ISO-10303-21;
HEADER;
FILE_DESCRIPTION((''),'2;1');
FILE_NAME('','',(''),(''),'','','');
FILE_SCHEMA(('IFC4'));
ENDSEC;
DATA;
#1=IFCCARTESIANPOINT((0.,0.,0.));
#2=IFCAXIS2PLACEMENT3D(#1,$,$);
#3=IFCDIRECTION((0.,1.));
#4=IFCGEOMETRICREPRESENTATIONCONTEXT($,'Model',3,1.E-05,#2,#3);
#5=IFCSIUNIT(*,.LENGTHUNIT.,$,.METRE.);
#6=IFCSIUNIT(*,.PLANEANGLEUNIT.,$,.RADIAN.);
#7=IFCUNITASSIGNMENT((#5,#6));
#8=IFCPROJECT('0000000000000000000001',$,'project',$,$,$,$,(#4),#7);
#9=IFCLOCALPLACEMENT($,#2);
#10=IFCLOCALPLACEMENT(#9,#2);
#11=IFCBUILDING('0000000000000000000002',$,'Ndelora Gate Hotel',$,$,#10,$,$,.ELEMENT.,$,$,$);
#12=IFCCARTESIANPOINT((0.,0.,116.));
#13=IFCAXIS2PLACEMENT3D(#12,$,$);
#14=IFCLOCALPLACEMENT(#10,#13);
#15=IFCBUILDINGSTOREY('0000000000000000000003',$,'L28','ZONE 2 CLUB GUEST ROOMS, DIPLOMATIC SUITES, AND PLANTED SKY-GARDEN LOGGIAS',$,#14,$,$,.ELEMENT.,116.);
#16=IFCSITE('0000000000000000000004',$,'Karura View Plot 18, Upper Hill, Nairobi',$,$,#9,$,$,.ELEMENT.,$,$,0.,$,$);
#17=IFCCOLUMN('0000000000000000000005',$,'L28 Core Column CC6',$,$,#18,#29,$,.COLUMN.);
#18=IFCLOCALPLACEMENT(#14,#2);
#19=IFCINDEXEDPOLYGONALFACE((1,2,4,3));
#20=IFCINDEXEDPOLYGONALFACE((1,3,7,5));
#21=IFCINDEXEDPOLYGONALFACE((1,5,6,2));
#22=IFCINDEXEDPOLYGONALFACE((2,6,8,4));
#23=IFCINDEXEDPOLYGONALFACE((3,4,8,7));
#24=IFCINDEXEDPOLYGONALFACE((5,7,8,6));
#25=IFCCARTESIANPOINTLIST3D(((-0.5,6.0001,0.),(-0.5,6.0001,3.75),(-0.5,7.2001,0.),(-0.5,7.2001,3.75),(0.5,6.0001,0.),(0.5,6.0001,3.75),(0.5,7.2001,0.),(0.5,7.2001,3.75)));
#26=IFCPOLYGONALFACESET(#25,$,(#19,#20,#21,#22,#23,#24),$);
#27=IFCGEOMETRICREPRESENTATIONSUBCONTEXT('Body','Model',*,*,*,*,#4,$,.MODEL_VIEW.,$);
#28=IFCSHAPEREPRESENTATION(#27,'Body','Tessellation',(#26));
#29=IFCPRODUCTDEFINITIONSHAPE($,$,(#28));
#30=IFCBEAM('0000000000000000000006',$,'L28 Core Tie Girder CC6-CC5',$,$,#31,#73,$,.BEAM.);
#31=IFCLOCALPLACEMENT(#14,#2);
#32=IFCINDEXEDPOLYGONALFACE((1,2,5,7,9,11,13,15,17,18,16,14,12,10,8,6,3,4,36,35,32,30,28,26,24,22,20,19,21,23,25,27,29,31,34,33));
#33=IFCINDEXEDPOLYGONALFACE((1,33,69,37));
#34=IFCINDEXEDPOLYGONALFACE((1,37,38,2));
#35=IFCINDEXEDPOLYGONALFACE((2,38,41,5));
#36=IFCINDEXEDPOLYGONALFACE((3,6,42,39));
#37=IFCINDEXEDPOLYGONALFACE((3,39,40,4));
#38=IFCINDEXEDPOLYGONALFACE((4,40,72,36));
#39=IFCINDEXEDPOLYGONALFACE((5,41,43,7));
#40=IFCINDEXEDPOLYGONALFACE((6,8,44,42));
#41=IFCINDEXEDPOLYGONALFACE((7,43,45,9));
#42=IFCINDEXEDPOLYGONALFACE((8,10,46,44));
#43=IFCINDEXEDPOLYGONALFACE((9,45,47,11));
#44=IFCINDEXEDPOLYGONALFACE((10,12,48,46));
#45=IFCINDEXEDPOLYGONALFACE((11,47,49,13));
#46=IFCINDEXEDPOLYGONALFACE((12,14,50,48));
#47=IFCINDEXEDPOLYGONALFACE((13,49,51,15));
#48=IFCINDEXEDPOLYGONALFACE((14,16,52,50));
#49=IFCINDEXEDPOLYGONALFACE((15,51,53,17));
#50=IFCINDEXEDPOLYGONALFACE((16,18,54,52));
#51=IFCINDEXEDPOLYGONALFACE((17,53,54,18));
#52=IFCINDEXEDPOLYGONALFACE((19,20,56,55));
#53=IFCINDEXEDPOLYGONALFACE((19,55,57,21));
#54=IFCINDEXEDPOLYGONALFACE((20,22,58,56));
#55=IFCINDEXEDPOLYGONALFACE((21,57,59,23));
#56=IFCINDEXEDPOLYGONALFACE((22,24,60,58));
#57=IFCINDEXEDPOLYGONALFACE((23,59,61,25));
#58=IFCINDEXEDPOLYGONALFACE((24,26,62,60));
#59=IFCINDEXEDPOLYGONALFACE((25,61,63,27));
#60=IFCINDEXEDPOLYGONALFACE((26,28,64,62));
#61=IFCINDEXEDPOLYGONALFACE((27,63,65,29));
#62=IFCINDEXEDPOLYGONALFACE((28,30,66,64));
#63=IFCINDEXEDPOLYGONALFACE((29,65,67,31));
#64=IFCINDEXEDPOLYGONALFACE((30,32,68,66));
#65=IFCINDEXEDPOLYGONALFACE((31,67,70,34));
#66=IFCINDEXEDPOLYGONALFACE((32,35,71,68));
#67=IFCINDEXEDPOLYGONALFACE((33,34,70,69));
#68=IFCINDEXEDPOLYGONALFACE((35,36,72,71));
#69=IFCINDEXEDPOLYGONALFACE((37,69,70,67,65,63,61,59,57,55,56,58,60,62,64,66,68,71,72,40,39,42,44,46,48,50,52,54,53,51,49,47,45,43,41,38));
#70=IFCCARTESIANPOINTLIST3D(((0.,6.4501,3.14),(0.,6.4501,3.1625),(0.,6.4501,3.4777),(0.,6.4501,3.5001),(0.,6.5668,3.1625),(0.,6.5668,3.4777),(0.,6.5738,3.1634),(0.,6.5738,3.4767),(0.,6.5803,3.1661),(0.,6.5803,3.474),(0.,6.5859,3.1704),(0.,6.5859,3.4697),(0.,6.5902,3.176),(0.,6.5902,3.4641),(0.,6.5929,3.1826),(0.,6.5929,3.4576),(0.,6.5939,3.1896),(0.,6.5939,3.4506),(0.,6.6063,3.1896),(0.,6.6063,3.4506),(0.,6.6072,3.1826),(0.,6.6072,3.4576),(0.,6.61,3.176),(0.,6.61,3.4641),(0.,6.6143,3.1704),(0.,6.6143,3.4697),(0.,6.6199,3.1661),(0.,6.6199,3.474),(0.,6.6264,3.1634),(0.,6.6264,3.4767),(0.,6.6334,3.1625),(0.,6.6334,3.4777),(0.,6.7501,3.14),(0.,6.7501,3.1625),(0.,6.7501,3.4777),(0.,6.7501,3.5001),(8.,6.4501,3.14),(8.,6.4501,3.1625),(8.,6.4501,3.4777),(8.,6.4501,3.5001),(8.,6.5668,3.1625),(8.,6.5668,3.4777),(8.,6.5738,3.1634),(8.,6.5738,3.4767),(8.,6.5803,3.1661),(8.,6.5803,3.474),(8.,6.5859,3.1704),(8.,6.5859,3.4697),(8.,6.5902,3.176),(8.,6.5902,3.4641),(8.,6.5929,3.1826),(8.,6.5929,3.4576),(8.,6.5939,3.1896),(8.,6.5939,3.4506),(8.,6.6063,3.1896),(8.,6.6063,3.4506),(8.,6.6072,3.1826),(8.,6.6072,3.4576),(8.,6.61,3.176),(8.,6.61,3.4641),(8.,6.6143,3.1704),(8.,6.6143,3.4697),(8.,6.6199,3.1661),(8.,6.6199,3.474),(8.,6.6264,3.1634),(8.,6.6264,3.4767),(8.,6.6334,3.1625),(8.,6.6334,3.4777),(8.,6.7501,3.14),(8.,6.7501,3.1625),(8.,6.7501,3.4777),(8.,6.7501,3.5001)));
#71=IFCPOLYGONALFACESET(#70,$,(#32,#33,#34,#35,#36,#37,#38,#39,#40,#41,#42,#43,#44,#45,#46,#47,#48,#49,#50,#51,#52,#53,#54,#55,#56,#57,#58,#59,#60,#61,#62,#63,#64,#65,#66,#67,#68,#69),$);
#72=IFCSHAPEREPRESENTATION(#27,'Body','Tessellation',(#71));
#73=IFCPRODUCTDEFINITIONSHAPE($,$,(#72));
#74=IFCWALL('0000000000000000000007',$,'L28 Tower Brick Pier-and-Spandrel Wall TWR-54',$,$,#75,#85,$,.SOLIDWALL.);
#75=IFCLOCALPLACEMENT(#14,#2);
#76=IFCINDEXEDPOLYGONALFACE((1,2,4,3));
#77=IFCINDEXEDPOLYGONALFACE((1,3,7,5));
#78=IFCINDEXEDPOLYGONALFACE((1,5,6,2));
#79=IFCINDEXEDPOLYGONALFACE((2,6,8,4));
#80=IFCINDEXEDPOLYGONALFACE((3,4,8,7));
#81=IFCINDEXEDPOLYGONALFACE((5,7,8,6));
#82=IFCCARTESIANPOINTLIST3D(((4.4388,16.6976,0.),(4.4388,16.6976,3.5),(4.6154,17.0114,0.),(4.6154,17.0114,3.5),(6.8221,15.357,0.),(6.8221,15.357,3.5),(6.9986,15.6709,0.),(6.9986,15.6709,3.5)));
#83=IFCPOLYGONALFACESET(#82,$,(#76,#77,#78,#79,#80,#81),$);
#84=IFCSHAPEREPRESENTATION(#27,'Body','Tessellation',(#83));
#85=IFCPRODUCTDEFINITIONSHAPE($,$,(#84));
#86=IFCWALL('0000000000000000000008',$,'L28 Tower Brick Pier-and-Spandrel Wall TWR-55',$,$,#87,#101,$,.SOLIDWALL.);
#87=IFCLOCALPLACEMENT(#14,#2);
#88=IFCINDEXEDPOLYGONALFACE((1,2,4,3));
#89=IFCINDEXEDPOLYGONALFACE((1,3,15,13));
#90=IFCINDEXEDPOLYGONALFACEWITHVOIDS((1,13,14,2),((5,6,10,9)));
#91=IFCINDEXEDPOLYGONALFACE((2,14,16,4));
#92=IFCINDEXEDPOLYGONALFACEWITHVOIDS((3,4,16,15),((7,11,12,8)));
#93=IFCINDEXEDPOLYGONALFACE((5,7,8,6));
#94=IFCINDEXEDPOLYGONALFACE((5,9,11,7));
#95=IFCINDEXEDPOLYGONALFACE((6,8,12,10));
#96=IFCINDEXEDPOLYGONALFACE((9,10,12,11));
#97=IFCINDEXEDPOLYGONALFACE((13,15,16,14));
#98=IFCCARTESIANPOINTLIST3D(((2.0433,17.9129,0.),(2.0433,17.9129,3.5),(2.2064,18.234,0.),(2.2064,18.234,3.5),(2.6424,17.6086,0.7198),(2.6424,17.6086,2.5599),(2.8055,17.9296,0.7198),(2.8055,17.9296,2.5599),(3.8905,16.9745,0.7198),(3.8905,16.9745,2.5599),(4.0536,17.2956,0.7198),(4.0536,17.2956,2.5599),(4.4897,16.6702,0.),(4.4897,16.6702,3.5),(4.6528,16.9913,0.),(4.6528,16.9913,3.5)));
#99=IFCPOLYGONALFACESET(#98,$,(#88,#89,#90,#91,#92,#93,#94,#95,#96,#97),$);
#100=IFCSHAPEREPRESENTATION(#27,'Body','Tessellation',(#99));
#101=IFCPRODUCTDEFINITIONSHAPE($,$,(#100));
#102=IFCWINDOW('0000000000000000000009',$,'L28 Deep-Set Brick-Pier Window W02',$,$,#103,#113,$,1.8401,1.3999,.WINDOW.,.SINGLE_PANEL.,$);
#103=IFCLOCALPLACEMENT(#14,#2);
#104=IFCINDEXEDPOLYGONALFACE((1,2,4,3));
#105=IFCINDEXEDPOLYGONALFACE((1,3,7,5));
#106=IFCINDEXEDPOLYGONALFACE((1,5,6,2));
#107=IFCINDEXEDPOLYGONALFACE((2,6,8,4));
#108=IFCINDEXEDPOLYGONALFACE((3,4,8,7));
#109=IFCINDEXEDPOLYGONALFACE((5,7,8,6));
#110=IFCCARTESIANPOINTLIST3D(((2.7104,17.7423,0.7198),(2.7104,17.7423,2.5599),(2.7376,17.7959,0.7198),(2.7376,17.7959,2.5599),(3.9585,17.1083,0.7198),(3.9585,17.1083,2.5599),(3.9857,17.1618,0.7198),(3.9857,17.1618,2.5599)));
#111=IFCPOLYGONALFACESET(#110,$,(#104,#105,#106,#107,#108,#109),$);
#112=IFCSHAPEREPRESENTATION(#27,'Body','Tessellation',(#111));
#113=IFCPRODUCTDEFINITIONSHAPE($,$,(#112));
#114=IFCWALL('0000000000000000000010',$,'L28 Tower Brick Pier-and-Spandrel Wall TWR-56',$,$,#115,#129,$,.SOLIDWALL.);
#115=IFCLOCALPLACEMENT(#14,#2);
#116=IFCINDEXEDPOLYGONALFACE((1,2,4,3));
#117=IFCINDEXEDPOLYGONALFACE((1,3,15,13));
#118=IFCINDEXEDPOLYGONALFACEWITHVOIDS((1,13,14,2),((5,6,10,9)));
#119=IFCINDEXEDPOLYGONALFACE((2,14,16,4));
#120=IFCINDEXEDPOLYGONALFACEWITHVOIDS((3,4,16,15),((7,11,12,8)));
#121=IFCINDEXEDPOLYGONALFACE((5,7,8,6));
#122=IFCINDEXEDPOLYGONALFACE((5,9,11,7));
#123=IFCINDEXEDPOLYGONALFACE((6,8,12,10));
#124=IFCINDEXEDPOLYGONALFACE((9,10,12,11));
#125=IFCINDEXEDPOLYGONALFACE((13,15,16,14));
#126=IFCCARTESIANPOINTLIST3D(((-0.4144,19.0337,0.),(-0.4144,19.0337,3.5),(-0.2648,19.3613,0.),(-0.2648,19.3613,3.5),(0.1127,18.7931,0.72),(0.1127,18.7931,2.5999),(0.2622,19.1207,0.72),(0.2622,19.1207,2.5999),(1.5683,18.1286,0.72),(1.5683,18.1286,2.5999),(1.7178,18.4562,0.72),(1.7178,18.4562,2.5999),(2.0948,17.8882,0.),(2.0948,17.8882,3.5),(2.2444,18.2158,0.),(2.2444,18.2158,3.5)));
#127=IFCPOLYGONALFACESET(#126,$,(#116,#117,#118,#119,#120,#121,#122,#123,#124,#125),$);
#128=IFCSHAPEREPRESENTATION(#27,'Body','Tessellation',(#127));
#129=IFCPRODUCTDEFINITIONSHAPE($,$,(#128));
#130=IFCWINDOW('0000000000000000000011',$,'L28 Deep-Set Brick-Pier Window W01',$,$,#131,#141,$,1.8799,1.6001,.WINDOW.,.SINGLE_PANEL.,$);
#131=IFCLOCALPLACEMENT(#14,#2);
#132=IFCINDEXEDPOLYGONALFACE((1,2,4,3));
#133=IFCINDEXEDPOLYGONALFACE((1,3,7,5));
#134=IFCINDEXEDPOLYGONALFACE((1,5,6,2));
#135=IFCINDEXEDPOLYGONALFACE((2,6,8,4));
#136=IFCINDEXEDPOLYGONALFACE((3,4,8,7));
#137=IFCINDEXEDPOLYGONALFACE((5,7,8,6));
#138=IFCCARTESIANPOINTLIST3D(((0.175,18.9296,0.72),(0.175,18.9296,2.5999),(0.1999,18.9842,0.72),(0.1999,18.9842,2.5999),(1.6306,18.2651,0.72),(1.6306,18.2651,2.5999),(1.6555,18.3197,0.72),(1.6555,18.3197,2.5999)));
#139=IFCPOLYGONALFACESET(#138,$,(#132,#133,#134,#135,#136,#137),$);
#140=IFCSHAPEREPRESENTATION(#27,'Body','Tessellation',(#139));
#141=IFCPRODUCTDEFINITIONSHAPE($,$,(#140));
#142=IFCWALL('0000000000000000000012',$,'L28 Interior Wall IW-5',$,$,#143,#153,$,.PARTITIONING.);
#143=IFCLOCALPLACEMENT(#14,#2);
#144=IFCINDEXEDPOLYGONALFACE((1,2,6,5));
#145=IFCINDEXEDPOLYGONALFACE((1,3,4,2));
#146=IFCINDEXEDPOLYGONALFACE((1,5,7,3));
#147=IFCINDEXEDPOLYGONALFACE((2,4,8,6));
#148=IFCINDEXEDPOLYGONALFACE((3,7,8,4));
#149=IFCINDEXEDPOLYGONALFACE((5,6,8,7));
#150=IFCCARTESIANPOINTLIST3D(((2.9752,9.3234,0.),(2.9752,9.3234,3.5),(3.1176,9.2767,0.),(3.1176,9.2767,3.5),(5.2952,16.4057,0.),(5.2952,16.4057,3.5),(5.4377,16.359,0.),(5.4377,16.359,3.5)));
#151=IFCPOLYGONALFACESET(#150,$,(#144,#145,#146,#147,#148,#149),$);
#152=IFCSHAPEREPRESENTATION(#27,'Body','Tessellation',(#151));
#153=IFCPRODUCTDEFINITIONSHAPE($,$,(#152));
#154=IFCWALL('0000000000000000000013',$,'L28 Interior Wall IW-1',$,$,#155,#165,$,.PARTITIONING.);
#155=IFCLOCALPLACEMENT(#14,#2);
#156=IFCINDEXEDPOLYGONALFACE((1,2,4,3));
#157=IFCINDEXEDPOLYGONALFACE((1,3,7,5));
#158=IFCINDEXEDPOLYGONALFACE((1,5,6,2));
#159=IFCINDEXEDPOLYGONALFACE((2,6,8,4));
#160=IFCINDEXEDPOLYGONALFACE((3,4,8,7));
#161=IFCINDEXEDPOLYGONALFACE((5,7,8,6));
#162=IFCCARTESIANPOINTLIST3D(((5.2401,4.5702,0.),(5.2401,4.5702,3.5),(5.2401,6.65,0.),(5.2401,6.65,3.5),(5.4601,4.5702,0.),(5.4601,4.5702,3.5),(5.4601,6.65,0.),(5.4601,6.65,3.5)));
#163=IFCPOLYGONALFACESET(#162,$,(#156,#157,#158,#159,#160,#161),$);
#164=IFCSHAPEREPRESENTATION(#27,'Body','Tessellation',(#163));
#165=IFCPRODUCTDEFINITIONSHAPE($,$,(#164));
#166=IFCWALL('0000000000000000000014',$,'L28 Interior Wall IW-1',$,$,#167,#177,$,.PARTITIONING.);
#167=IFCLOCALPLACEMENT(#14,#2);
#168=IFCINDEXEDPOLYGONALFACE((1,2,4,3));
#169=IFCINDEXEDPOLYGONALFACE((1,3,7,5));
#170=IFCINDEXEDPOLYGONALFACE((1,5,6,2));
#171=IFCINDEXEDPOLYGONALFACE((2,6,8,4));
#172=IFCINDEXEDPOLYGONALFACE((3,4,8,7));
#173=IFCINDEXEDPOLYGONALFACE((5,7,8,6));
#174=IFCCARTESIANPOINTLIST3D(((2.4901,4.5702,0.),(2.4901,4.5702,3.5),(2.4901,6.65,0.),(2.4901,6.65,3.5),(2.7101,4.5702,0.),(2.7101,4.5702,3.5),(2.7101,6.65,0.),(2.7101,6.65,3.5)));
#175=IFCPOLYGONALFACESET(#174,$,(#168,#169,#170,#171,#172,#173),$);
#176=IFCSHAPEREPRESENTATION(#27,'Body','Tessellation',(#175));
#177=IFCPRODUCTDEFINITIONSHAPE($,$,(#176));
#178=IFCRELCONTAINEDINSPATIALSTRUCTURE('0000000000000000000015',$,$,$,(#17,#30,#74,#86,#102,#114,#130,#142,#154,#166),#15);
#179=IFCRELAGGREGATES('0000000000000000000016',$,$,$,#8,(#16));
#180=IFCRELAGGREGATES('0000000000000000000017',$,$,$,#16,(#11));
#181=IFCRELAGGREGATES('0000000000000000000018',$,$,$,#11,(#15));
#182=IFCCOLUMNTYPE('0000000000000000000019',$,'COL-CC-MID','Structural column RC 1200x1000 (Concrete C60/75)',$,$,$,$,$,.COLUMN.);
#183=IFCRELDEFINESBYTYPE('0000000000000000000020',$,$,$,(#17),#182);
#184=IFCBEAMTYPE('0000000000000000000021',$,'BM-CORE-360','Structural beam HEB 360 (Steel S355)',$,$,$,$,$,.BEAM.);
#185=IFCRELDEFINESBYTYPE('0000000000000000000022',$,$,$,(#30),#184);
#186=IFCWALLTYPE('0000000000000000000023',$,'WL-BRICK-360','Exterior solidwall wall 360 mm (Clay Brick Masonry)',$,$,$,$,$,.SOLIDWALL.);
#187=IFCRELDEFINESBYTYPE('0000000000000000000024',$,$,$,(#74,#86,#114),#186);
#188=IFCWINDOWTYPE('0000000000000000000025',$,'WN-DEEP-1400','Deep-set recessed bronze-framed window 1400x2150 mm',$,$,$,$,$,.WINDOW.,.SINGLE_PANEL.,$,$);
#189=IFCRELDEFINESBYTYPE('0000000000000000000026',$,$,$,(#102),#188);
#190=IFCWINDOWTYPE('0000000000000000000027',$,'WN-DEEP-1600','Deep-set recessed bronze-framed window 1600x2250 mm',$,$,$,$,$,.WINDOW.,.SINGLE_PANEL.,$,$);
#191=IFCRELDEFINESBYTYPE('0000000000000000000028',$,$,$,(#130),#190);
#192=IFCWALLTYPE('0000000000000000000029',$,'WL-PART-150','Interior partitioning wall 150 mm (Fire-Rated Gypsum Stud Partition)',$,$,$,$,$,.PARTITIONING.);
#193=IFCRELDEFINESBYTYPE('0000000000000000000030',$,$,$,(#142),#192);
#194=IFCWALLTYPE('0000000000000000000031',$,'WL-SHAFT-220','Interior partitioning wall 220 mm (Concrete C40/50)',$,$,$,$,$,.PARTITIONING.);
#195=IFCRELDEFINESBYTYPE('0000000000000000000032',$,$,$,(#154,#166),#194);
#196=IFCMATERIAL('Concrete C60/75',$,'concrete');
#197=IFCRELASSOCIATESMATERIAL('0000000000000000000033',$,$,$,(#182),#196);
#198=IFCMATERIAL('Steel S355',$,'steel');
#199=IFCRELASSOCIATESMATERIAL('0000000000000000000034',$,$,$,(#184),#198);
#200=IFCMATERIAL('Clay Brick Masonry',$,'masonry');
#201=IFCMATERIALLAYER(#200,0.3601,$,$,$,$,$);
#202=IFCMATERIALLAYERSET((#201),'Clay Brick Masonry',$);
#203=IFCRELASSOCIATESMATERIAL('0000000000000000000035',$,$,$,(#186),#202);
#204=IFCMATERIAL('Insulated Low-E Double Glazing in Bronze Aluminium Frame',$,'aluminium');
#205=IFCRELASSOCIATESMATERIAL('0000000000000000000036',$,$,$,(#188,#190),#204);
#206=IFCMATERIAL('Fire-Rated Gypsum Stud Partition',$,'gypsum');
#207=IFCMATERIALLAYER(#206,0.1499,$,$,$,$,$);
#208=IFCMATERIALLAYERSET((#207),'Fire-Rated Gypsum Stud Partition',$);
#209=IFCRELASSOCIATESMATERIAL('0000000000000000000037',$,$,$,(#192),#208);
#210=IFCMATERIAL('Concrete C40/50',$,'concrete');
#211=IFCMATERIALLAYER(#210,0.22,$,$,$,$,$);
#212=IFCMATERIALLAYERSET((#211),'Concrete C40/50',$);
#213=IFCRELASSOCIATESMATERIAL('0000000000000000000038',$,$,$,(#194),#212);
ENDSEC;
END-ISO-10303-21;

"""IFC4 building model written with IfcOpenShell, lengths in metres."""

from ifc_helpers import new_model, si_unit, direction, frame, frame_2d, origin, origin_2d, place, context, subcontext, project, spatial, rectangle, i_section, extrude, material, layer, layer_set, material_profile, profile_set, type_object, element, fill, save


model = new_model("IFC4")

# Units and contexts
model_context = context("Model", 3, precision=1e-05, world=origin(), true_north=direction((0.0, 1.0)))
body_context = subcontext(model_context, "Body", "Model", "MODEL_VIEW")
ifc_project = project(units=[si_unit("LENGTHUNIT", "METRE"), si_unit("PLANEANGLEUNIT", "RADIAN")], contexts=[model_context])

# Site, building, storey
site_placement = place(None, origin())
site = spatial("IfcSite", under=ifc_project, at=site_placement, Name="Karura View Plot 18, Upper Hill, Nairobi", CompositionType="ELEMENT", RefElevation=0.0)
building_placement = place(site_placement, origin())
building = spatial("IfcBuilding", under=site, at=building_placement, Name="Ndelora Gate Hotel", CompositionType="ELEMENT")
storey_placement = place(building_placement, frame((0.0, 0.0, 116.0)))
storey = spatial("IfcBuildingStorey", under=building, at=storey_placement, Name="L28", Description="ZONE 2 CLUB GUEST ROOMS, DIPLOMATIC SUITES, AND PLANTED SKY-GARDEN LOGGIAS", CompositionType="ELEMENT", Elevation=116.0)

# Column
ifc_material_1 = material(Name="Concrete C60/75", Category="concrete")
ifc_material_profile_1 = material_profile(ifc_material_1, rectangle(XDim=1.0, YDim=1.2, at=origin_2d()), Name="RC 1200x1000")
ifc_profile_set_1 = profile_set([ifc_material_profile_1], Name="Concrete C60/75")
column_type = type_object("IfcColumnType", Name="COL-CC-MID", Description="Structural column RC 1200x1000 (Concrete C60/75)", PredefinedType="COLUMN", material=ifc_profile_set_1)
column_placement = place(storey_placement, frame((0.0, 6.6001, 0.0), z_axis=(0.0, 0.0, 1.0), x_axis=(1.0, 0.0, 0.0)))
element("IfcColumn", 1, at=column_placement, inside=storey, type_object=column_type, Name="L28 Core Column CC6", PredefinedType="COLUMN", context=body_context, shape_type="SweptSolid", body=[
    extrude(rectangle(XDim=1.0, YDim=1.2, at=origin_2d()), origin(), (0.0, 0.0, 1.0), 3.75),
])

# Beam
ifc_material_2 = material(Name="Steel S355", Category="steel")
ifc_material_profile_2 = material_profile(ifc_material_2, i_section(OverallWidth=0.3, OverallDepth=0.3601, WebThickness=0.0125, FlangeThickness=0.0225, FilletRadius=0.0271, at=origin_2d()), Name="HEB 360")
ifc_profile_set_2 = profile_set([ifc_material_profile_2], Name="Steel S355")
beam_type = type_object("IfcBeamType", Name="BM-CORE-360", Description="Structural beam HEB 360 (Steel S355)", PredefinedType="BEAM", material=ifc_profile_set_2)
beam_placement = place(storey_placement, frame((0.0, 6.6001, 3.3201), z_axis=(1.0, 0.0, 0.0), x_axis=(0.0, 1.0, 0.0)))
element("IfcBeam", 2, at=beam_placement, inside=storey, type_object=beam_type, Name="L28 Core Tie Girder CC6-CC5", PredefinedType="BEAM", context=body_context, shape_type="SweptSolid", body=[
    extrude(i_section(OverallWidth=0.3, OverallDepth=0.3601, WebThickness=0.0125, FlangeThickness=0.0225, FilletRadius=0.0271, at=origin_2d()), origin(), (0.0, 0.0, 1.0), 8.0),
])

# Wall
ifc_material_3 = material(Name="Clay Brick Masonry", Category="masonry")
ifc_layer_1 = layer(ifc_material_3, 0.3601)
ifc_layer_set_1 = layer_set([ifc_layer_1], Name="Clay Brick Masonry")
wall_type_1 = type_object("IfcWallType", Name="WL-BRICK-360", Description="Exterior solidwall wall 360 mm (Clay Brick Masonry)", PredefinedType="SOLIDWALL", material=ifc_layer_set_1)
wall_1_placement = place(storey_placement, frame((4.5271, 16.8545, 0.0), z_axis=(0.0, 0.0, 1.0), x_axis=(0.87158, -0.490253, 0.0)))
element("IfcWall", 3, at=wall_1_placement, inside=storey, type_object=wall_type_1, Name="L28 Tower Brick Pier-and-Spandrel Wall TWR-54", PredefinedType="SOLIDWALL", context=body_context, shape_type="SweptSolid", body=[
    extrude(rectangle(XDim=2.7344, YDim=0.3601, at=frame_2d((1.3672, 0.0))), origin(), (0.0, 0.0, 1.0), 3.5),
])

# Walls, openings, windows
wall_2_placement = place(storey_placement, frame((2.1248, 18.0735, 0.0), z_axis=(0.0, 0.0, 1.0), x_axis=(0.891562, -0.452899, 0.0)))
wall_2 = element("IfcWall", 4, at=wall_2_placement, inside=storey, type_object=wall_type_1, Name="L28 Tower Brick Pier-and-Spandrel Wall TWR-55", PredefinedType="SOLIDWALL", context=body_context, shape_type="SweptSolid", body=[
    extrude(rectangle(XDim=2.7439, YDim=0.3601, at=frame_2d((1.3721, 0.0))), origin(), (0.0, 0.0, 1.0), 3.5),
])
opening_1_placement = place(wall_2_placement, frame((0.6721, 0.0, 0.72)))
opening_1 = element("IfcOpeningElement", 5, at=opening_1_placement, cuts=wall_2, PredefinedType="OPENING", context=body_context, shape_type="SweptSolid", body=[
    extrude(rectangle(XDim=1.3999, YDim=1.8401, at=frame_2d((0.7, 0.9199))), frame((0.0, 0.1899, 0.0), z_axis=(0.0, -1.0, 0.0), x_axis=(1.0, 0.0, 0.0)), (0.0, 0.0, 1.0), 0.3801),
])
ifc_material_4 = material(Name="Insulated Low-E Double Glazing in Bronze Aluminium Frame", Category="aluminium")
window_type_1 = type_object("IfcWindowType", Name="WN-DEEP-1400", Description="Deep-set recessed bronze-framed window 1400x2150 mm", PartitioningType="SINGLE_PANEL", PredefinedType="WINDOW", material=ifc_material_4)
window_1_placement = place(opening_1_placement, origin())
window_1 = element("IfcWindow", 6, at=window_1_placement, inside=storey, type_object=window_type_1, Name="L28 Deep-Set Brick-Pier Window W02", OverallHeight=1.8401, OverallWidth=1.3999, PartitioningType="SINGLE_PANEL", PredefinedType="WINDOW", context=body_context, shape_type="SweptSolid", body=[
    extrude(rectangle(XDim=1.3999, YDim=1.8401, at=frame_2d((0.7, 0.9199))), frame((0.0, 0.03, 0.0), z_axis=(0.0, -1.0, 0.0), x_axis=(1.0, 0.0, 0.0)), (0.0, 0.0, 1.0), 0.0601),
])
fill(opening_1, window_1)
wall_3_placement = place(storey_placement, frame((-0.3396, 19.1975, 0.0), z_axis=(0.0, 0.0, 1.0), x_axis=(0.909692, -0.415283, 0.0)))
wall_3 = element("IfcWall", 7, at=wall_3_placement, inside=storey, type_object=wall_type_1, Name="L28 Tower Brick Pier-and-Spandrel Wall TWR-56", PredefinedType="SOLIDWALL", context=body_context, shape_type="SweptSolid", body=[
    extrude(rectangle(XDim=2.7583, YDim=0.3601, at=frame_2d((1.3792, 0.0))), origin(), (0.0, 0.0, 1.0), 3.5),
])
opening_2_placement = place(wall_3_placement, frame((0.5793, 0.0, 0.72)))
opening_2 = element("IfcOpeningElement", 8, at=opening_2_placement, cuts=wall_3, PredefinedType="OPENING", context=body_context, shape_type="SweptSolid", body=[
    extrude(rectangle(XDim=1.6001, YDim=1.8799, at=frame_2d((0.8, 0.9399))), frame((0.0, 0.1899, 0.0), z_axis=(0.0, -1.0, 0.0), x_axis=(1.0, 0.0, 0.0)), (0.0, 0.0, 1.0), 0.3801),
])
window_type_2 = type_object("IfcWindowType", Name="WN-DEEP-1600", Description="Deep-set recessed bronze-framed window 1600x2250 mm", PartitioningType="SINGLE_PANEL", PredefinedType="WINDOW", material=ifc_material_4)
window_2_placement = place(opening_2_placement, origin())
window_2 = element("IfcWindow", 9, at=window_2_placement, inside=storey, type_object=window_type_2, Name="L28 Deep-Set Brick-Pier Window W01", OverallHeight=1.8799, OverallWidth=1.6001, PartitioningType="SINGLE_PANEL", PredefinedType="WINDOW", context=body_context, shape_type="SweptSolid", body=[
    extrude(rectangle(XDim=1.6001, YDim=1.8799, at=frame_2d((0.8, 0.9399))), frame((0.0, 0.03, 0.0), z_axis=(0.0, -1.0, 0.0), x_axis=(1.0, 0.0, 0.0)), (0.0, 0.0, 1.0), 0.0601),
])
fill(opening_2, window_2)

# Wall
ifc_material_5 = material(Name="Fire-Rated Gypsum Stud Partition", Category="gypsum")
ifc_layer_2 = layer(ifc_material_5, 0.1499)
ifc_layer_set_2 = layer_set([ifc_layer_2], Name="Fire-Rated Gypsum Stud Partition")
wall_type_2 = type_object("IfcWallType", Name="WL-PART-150", Description="Interior partitioning wall 150 mm (Fire-Rated Gypsum Stud Partition)", PredefinedType="PARTITIONING", material=ifc_layer_set_2)
wall_4_placement = place(storey_placement, frame((3.0464, 9.3, 0.0), z_axis=(0.0, 0.0, 1.0), x_axis=(0.31131, 0.950309, 0.0)))
element("IfcWall", 10, at=wall_4_placement, inside=storey, type_object=wall_type_2, Name="L28 Interior Wall IW-5", PredefinedType="PARTITIONING", context=body_context, shape_type="SweptSolid", body=[
    extrude(rectangle(XDim=7.4526, YDim=0.1499, at=frame_2d((3.7263, 0.0))), origin(), (0.0, 0.0, 1.0), 3.5),
])

# Shared definitions
ifc_material_6 = material(Name="Concrete C40/50", Category="concrete")
ifc_layer_3 = layer(ifc_material_6, 0.22)
ifc_layer_set_3 = layer_set([ifc_layer_3], Name="Concrete C40/50")
wall_type_3 = type_object("IfcWallType", Name="WL-SHAFT-220", Description="Interior partitioning wall 220 mm (Concrete C40/50)", PredefinedType="PARTITIONING", material=ifc_layer_set_3)

# Walls
for number, where, z_axis, x_axis, name in (
    (11, (5.3501, 4.5701, 0.0), (0.0, 0.0, 1.0), (0.0, 1.0, 0.0), "L28 Interior Wall IW-1"),
    (12, (2.6001, 4.5701, 0.0), (0.0, 0.0, 1.0), (0.0, 1.0, 0.0), "L28 Interior Wall IW-1"),
):
    element("IfcWall", number, at=place(storey_placement, frame(where, z_axis=z_axis, x_axis=x_axis)), inside=storey, type_object=wall_type_3, Name=name, PredefinedType="PARTITIONING", context=body_context, shape_type="SweptSolid", body=[
        extrude(rectangle(XDim=2.0798, YDim=0.22, at=frame_2d((1.04, 0.0))), origin(), (0.0, 0.0, 1.0), 3.5),
    ])

save(model, "model.ifc")
